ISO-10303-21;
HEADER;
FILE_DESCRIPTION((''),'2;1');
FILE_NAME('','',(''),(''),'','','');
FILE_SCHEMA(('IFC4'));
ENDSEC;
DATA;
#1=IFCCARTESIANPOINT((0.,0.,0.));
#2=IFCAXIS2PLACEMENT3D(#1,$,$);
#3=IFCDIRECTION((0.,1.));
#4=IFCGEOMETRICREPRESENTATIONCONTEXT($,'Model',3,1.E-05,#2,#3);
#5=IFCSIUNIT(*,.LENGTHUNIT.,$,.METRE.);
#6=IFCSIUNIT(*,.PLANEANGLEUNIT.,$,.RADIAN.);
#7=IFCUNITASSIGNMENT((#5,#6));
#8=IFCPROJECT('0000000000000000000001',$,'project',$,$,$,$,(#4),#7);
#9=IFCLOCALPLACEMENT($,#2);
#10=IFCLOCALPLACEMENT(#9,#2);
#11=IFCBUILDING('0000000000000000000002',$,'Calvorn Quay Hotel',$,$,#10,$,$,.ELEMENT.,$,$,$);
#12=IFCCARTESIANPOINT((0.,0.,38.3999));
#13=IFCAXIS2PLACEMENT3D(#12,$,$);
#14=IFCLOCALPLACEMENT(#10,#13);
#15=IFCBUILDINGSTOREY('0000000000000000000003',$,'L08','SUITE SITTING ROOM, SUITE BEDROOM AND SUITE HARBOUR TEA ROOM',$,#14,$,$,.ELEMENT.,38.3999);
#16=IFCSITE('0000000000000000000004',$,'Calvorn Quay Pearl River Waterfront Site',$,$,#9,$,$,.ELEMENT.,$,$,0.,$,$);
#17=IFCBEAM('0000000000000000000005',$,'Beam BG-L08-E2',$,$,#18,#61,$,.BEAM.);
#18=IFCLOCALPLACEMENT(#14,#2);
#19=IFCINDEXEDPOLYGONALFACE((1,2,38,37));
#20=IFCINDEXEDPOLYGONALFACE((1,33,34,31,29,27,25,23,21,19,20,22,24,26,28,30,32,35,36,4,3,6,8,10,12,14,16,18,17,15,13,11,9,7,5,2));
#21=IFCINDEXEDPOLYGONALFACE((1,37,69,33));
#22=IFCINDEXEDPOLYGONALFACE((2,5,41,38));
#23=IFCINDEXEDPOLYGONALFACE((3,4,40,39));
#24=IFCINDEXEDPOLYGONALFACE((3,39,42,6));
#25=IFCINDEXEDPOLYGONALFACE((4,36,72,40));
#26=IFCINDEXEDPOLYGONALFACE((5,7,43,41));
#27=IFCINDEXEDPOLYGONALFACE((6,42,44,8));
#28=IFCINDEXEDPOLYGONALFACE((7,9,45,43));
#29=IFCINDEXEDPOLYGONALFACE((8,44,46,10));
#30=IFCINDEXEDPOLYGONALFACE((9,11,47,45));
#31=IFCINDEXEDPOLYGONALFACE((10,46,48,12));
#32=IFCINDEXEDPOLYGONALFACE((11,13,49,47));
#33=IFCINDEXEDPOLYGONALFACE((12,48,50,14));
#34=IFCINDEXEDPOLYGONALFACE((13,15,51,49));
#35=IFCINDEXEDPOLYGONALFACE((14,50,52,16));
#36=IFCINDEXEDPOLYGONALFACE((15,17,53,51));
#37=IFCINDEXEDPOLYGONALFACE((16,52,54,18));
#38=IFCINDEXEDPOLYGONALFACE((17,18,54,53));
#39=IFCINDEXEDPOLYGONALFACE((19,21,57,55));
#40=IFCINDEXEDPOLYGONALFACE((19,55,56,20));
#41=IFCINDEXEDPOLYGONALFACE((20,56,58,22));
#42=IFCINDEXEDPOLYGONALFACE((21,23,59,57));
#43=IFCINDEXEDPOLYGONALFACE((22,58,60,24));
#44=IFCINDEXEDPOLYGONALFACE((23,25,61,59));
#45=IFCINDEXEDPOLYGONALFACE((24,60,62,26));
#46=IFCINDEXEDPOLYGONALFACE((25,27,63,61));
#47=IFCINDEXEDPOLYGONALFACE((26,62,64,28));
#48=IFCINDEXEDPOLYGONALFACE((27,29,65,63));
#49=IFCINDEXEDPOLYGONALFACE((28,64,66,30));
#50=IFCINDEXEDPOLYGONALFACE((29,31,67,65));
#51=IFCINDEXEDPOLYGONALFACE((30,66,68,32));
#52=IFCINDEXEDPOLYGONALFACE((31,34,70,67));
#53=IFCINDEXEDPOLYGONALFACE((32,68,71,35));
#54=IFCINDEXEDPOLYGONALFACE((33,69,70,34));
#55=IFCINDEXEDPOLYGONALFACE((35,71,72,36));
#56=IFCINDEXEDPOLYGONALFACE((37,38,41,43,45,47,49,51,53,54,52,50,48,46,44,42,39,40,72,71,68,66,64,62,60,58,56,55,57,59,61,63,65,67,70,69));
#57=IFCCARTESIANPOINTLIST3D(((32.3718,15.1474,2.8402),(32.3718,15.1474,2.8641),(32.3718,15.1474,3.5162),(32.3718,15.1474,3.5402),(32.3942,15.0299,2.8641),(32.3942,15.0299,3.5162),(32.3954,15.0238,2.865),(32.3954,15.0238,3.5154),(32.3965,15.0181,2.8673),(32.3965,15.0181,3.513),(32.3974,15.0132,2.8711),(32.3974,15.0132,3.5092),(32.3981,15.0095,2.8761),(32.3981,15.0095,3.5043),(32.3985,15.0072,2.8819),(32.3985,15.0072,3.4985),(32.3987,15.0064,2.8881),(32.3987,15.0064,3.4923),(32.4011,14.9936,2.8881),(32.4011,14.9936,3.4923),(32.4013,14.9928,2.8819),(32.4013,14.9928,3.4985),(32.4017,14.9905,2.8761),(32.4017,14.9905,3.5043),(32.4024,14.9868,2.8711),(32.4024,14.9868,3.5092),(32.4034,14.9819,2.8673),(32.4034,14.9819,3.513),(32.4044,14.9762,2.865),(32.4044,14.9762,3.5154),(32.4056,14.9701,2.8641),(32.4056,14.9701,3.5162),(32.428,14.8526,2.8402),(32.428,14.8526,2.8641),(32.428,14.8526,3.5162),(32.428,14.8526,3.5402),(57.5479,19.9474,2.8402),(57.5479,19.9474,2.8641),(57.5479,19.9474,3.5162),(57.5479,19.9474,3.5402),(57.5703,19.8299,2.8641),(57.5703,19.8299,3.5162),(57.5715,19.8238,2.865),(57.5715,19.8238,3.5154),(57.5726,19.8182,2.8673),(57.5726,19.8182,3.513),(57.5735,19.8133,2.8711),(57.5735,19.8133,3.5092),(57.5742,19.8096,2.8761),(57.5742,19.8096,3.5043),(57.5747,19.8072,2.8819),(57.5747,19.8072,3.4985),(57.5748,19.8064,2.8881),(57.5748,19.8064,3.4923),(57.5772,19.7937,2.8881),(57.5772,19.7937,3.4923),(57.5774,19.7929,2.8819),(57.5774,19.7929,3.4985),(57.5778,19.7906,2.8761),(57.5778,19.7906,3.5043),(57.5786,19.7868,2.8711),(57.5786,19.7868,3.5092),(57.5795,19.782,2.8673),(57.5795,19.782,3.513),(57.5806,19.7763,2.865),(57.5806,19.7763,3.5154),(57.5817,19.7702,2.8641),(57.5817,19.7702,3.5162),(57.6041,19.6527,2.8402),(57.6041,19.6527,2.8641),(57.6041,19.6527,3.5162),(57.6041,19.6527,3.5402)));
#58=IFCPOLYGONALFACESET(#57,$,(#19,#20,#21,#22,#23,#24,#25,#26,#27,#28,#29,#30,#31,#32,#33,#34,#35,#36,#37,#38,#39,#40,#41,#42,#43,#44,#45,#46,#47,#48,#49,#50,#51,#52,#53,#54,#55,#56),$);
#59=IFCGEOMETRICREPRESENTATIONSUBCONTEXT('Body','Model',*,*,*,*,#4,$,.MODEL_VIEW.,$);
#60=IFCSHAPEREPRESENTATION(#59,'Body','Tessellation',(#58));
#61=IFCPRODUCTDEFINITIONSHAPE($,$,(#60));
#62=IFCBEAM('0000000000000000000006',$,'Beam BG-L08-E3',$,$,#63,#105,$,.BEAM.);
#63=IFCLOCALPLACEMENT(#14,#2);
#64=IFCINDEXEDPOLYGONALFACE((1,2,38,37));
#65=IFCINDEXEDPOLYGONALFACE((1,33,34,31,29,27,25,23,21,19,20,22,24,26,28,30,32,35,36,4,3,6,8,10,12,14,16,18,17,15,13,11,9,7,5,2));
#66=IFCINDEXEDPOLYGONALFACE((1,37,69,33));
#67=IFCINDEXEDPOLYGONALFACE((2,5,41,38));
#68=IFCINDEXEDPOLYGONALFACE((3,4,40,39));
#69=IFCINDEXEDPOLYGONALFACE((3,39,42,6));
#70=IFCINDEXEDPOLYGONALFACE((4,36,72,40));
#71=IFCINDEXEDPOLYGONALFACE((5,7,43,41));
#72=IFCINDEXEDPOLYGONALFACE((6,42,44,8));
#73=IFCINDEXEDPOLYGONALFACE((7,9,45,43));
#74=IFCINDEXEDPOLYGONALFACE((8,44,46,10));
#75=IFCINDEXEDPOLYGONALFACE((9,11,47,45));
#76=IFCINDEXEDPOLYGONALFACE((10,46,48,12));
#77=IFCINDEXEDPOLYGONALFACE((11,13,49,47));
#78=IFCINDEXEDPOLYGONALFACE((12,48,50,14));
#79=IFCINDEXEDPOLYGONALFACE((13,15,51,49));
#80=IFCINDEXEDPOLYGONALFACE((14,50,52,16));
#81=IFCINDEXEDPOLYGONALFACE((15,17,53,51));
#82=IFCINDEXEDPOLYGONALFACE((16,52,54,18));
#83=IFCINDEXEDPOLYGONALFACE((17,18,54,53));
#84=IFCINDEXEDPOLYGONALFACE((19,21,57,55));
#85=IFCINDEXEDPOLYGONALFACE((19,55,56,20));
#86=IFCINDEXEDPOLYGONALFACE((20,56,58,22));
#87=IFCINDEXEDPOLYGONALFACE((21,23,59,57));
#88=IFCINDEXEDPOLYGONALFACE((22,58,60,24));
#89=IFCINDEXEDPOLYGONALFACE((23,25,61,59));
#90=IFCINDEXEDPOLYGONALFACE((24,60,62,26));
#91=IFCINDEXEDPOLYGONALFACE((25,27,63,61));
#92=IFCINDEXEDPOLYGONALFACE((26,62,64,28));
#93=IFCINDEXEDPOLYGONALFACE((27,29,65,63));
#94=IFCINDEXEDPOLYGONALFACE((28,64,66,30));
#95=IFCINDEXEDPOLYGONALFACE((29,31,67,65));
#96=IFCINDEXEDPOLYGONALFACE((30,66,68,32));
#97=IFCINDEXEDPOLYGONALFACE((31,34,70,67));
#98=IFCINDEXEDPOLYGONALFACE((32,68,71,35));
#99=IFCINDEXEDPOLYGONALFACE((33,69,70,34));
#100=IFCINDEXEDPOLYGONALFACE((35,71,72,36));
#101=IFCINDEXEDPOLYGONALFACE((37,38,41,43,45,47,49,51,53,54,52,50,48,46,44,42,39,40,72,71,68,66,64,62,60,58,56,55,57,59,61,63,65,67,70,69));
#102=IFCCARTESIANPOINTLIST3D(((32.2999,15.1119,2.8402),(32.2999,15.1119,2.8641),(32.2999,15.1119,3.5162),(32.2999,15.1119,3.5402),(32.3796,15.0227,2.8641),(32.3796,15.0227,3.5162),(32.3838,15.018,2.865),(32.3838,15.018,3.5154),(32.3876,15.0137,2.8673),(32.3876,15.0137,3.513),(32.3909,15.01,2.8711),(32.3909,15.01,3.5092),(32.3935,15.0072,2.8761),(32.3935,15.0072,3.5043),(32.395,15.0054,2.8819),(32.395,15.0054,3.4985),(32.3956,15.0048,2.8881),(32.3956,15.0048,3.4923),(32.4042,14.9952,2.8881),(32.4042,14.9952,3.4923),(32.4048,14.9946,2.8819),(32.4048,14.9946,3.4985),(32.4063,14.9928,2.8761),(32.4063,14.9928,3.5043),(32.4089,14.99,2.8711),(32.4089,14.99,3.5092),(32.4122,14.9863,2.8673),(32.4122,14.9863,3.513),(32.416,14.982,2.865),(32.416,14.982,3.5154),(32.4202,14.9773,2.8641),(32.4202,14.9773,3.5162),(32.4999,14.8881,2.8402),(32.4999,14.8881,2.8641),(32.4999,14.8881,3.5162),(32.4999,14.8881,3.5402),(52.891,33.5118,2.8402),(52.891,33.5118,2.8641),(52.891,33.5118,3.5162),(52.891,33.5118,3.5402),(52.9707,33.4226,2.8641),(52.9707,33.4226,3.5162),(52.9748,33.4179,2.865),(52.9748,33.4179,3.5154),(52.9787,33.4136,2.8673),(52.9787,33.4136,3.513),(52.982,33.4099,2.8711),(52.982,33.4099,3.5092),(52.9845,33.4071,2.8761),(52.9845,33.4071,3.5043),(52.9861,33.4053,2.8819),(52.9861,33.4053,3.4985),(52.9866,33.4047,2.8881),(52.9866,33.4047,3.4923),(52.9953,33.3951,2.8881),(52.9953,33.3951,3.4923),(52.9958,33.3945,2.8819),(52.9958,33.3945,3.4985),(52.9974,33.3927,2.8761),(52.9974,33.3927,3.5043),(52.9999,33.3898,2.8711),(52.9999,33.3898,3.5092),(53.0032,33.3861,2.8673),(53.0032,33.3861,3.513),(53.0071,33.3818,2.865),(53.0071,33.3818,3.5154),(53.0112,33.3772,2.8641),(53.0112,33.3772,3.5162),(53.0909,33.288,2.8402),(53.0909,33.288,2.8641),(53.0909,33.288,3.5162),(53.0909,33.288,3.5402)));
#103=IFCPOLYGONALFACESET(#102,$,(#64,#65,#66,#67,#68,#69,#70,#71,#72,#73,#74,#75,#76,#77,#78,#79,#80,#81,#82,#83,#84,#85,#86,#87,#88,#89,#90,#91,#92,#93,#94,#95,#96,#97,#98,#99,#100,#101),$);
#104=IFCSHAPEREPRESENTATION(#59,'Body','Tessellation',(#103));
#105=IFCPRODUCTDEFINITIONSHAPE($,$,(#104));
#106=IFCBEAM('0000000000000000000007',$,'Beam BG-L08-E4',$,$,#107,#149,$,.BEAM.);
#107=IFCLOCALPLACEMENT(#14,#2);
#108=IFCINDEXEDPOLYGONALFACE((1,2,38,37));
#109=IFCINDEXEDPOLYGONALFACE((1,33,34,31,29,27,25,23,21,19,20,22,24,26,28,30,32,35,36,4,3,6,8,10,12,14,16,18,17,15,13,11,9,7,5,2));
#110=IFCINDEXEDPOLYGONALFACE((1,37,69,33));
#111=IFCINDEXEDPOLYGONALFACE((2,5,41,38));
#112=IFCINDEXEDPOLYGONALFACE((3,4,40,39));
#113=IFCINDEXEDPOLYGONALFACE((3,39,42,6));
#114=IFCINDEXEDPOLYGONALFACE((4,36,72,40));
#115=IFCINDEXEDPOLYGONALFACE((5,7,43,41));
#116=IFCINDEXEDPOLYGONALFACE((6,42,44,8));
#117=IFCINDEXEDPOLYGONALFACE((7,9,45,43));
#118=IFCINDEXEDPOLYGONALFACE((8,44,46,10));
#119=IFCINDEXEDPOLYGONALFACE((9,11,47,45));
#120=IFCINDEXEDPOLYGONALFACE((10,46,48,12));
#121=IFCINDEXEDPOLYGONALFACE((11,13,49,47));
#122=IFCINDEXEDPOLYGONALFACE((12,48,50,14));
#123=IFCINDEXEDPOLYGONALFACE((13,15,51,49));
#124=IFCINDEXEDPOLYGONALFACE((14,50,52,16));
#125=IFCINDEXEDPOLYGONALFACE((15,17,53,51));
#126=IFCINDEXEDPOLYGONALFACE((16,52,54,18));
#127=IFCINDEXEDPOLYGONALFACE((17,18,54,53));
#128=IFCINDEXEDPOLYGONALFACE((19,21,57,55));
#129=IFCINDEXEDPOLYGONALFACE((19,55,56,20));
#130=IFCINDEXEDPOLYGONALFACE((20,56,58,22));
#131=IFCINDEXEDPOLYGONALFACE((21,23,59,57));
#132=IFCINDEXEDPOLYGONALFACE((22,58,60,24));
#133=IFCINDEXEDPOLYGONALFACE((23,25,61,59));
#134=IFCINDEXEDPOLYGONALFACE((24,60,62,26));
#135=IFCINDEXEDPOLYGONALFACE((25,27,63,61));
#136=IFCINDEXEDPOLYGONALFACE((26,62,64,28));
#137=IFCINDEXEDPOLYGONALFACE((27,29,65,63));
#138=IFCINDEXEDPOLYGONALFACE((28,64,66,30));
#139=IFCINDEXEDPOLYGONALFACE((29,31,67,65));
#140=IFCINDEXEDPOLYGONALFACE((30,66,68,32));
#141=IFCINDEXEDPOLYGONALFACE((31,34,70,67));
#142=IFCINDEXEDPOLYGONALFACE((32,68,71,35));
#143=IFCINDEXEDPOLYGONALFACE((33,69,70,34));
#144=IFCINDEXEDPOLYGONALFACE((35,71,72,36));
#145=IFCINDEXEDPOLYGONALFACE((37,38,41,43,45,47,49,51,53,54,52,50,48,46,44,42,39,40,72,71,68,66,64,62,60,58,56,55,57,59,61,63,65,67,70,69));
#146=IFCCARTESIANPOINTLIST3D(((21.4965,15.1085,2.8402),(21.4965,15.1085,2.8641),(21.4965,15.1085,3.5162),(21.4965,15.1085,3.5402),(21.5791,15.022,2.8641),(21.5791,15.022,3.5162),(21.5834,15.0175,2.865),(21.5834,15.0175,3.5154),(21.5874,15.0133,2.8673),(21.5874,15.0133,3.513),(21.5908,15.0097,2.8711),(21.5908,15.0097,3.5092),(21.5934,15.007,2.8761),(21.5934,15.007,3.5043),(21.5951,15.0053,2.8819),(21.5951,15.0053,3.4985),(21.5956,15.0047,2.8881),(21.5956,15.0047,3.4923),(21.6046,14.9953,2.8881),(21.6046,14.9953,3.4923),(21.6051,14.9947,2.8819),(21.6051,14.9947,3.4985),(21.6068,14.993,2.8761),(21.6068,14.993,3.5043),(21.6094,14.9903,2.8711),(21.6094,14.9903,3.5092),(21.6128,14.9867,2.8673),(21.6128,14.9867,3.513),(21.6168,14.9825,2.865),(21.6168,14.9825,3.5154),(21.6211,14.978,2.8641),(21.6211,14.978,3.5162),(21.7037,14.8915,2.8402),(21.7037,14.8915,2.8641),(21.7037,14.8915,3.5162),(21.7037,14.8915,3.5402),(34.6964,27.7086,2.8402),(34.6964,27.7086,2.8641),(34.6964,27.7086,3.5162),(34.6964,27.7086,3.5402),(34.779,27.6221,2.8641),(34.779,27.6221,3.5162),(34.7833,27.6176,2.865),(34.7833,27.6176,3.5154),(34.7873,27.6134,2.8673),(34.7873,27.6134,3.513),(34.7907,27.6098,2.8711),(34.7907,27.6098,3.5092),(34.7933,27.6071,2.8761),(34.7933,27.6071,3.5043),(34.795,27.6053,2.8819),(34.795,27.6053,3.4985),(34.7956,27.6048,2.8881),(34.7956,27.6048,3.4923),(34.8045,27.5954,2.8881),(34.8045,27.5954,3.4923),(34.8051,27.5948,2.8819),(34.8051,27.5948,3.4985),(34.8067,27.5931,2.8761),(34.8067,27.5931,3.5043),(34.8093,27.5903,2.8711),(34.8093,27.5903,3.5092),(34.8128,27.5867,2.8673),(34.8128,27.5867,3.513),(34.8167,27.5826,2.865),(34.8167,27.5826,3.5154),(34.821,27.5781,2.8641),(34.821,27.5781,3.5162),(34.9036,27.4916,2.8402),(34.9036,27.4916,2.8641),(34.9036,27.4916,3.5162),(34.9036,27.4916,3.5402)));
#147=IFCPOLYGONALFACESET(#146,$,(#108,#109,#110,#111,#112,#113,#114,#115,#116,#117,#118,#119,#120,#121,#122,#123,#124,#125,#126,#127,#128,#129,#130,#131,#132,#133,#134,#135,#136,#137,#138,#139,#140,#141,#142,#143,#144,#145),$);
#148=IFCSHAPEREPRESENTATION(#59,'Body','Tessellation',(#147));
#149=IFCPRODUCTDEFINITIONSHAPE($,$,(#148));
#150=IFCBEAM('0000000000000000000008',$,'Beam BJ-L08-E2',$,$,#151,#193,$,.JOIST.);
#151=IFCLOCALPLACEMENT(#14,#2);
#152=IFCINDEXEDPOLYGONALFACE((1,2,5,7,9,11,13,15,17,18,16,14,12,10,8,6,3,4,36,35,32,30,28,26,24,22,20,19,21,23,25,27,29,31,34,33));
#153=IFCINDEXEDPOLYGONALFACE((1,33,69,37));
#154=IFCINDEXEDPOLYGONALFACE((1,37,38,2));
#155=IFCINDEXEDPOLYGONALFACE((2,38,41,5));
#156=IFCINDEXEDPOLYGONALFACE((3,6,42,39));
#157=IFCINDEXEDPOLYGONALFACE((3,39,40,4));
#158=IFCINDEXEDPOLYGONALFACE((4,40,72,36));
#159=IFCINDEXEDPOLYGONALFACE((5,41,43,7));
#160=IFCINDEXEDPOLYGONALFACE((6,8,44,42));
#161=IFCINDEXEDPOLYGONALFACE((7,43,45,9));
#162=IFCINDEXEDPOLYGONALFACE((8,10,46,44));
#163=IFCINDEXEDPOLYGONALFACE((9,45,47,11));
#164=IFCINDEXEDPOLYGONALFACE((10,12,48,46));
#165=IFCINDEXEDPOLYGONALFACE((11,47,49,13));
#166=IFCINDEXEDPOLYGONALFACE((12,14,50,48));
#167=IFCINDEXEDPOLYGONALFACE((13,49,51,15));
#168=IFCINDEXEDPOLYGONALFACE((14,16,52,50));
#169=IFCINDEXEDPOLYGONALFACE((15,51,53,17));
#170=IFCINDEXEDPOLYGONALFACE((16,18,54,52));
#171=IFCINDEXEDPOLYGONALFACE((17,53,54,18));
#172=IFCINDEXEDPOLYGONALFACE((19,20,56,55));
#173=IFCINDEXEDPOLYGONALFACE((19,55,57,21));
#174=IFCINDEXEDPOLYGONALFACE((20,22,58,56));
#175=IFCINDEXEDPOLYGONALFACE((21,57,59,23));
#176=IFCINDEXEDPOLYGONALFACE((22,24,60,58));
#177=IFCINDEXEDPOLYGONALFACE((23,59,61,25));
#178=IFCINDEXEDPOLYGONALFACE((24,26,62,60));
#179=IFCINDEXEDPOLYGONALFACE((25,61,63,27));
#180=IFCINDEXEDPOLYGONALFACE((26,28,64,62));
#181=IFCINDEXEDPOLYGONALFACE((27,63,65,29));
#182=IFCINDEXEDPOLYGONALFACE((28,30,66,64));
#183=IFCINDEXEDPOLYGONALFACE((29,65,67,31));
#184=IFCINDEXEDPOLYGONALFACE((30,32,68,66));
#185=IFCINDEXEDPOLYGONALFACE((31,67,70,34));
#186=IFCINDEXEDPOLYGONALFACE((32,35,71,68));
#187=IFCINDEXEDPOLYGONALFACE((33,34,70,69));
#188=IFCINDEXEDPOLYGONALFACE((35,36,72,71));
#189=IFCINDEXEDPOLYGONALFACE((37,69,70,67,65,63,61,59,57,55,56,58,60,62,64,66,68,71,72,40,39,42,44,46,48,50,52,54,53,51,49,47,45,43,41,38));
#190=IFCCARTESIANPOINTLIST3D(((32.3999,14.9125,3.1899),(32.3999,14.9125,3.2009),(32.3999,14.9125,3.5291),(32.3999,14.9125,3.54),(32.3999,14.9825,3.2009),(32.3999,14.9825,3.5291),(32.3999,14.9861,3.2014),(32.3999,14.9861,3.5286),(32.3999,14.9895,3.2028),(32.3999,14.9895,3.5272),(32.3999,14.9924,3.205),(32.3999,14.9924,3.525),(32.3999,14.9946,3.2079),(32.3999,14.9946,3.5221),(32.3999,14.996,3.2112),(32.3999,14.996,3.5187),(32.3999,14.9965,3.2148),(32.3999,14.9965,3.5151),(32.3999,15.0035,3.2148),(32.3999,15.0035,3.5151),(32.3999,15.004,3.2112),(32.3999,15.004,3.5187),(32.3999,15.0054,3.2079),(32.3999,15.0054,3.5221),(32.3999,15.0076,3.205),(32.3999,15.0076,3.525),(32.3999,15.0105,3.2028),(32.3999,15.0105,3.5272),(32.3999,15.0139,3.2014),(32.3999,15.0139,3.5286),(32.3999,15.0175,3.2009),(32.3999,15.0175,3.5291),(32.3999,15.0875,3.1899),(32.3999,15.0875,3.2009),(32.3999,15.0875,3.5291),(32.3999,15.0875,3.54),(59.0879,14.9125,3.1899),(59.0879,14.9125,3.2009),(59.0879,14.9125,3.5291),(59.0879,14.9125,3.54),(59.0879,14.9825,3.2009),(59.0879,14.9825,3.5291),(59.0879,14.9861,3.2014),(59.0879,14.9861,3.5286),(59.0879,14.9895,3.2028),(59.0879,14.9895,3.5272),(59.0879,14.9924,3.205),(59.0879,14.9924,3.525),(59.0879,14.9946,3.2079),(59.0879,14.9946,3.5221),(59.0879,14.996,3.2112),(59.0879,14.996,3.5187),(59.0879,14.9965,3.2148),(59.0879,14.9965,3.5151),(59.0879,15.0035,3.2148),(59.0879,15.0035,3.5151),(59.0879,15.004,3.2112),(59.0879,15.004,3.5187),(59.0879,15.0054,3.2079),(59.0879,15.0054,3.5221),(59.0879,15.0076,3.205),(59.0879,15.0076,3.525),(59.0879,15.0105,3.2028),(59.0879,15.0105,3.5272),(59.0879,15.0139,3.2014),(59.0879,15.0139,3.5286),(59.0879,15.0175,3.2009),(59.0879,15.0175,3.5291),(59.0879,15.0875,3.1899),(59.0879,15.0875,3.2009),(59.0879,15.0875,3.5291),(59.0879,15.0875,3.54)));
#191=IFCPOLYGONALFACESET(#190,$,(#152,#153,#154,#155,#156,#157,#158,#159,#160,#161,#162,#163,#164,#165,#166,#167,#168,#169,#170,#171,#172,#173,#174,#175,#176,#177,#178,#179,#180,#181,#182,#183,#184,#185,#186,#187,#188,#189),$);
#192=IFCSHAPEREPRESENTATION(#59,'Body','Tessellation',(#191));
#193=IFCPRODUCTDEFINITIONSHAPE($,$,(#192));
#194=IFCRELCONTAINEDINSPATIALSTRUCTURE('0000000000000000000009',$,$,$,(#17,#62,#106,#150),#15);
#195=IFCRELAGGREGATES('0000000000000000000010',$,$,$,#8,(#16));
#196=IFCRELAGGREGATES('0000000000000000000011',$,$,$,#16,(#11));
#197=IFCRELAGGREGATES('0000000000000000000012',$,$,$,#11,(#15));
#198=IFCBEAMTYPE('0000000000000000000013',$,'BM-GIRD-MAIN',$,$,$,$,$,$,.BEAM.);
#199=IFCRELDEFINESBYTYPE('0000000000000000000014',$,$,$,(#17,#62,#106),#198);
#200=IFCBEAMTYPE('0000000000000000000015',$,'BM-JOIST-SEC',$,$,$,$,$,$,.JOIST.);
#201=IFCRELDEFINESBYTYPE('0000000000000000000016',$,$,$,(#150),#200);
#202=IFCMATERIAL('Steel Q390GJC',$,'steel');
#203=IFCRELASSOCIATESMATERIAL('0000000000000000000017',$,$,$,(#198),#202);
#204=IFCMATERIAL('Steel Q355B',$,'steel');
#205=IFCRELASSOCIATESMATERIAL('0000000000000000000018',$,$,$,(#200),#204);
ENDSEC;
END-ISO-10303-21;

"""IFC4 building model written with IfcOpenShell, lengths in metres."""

from ifc_helpers import new_model, si_unit, direction, frame, origin, origin_2d, place, context, subcontext, project, spatial, i_section, extrude, material, material_profile, profile_set, type_object, element, save


model = new_model("IFC4")

# Units and contexts
model_context = context("Model", 3, precision=1e-05, world=origin(), true_north=direction((0.0, 1.0)))
body_context = subcontext(model_context, "Body", "Model", "MODEL_VIEW")
ifc_project = project(units=[si_unit("LENGTHUNIT", "METRE"), si_unit("PLANEANGLEUNIT", "RADIAN")], contexts=[model_context])

# Site, building, storey
site_placement = place(None, origin())
site = spatial("IfcSite", under=ifc_project, at=site_placement, Name="Calvorn Quay Pearl River Waterfront Site", CompositionType="ELEMENT", RefElevation=0.0)
building_placement = place(site_placement, origin())
building = spatial("IfcBuilding", under=site, at=building_placement, Name="Calvorn Quay Hotel", CompositionType="ELEMENT")
storey_placement = place(building_placement, frame((0.0, 0.0, 38.3999)))
storey = spatial("IfcBuildingStorey", under=building, at=storey_placement, Name="L08", Description="SUITE SITTING ROOM, SUITE BEDROOM AND SUITE HARBOUR TEA ROOM", CompositionType="ELEMENT", Elevation=38.3999)

# Beams
ifc_material_1 = material(Name="Steel Q390GJC", Category="steel")
ifc_material_profile_1 = material_profile(ifc_material_1, i_section(OverallWidth=0.3, OverallDepth=0.7, WebThickness=0.0129, FlangeThickness=0.0239, FilletRadius=0.0239, at=origin_2d()), Name="HN700x300x13x24")
ifc_profile_set_1 = profile_set([ifc_material_profile_1], Name="Steel Q390GJC")
beam_type_1 = type_object("IfcBeamType", Name="BM-GIRD-MAIN", PredefinedType="BEAM", material=ifc_profile_set_1)
beam_1_placement = place(storey_placement, frame((32.3999, 15.0, 3.1902), z_axis=(0.982305, 0.187286, 0.0), x_axis=(-0.187286, 0.982305, 0.0)))
element("IfcBeam", 1, at=beam_1_placement, inside=storey, type_object=beam_type_1, Name="Beam BG-L08-E2", PredefinedType="BEAM", context=body_context, shape_type="SweptSolid", body=[
    extrude(i_section(OverallWidth=0.3, OverallDepth=0.7, WebThickness=0.0129, FlangeThickness=0.0239, FilletRadius=0.0239, at=origin_2d()), origin(), (0.0, 0.0, 1.0), 25.6296),
])
beam_2_placement = place(storey_placement, frame((32.3999, 15.0, 3.1902), z_axis=(0.745667, 0.666318, 0.0), x_axis=(-0.666318, 0.745667, 0.0)))
element("IfcBeam", 2, at=beam_2_placement, inside=storey, type_object=beam_type_1, Name="Beam BG-L08-E3", PredefinedType="BEAM", context=body_context, shape_type="SweptSolid", body=[
    extrude(i_section(OverallWidth=0.3, OverallDepth=0.7, WebThickness=0.0129, FlangeThickness=0.0239, FilletRadius=0.0239, at=origin_2d()), origin(), (0.0, 0.0, 1.0), 27.6143),
])
beam_3_placement = place(storey_placement, frame((21.6001, 15.0, 3.1902), z_axis=(0.723352, 0.69048, 0.0), x_axis=(-0.69048, 0.723352, 0.0)))
element("IfcBeam", 3, at=beam_3_placement, inside=storey, type_object=beam_type_1, Name="Beam BG-L08-E4", PredefinedType="BEAM", context=body_context, shape_type="SweptSolid", body=[
    extrude(i_section(OverallWidth=0.3, OverallDepth=0.7, WebThickness=0.0129, FlangeThickness=0.0239, FilletRadius=0.0239, at=origin_2d()), origin(), (0.0, 0.0, 1.0), 18.2483),
])
ifc_material_2 = material(Name="Steel Q355B", Category="steel")
ifc_material_profile_2 = material_profile(ifc_material_2, i_section(OverallWidth=0.175, OverallDepth=0.3501, WebThickness=0.0071, FlangeThickness=0.011, FilletRadius=0.0139, at=origin_2d()), Name="HN350x175x7x11")
ifc_profile_set_2 = profile_set([ifc_material_profile_2], Name="Steel Q355B")
beam_type_2 = type_object("IfcBeamType", Name="BM-JOIST-SEC", PredefinedType="JOIST", material=ifc_profile_set_2)
beam_4_placement = place(storey_placement, frame((32.3999, 15.0, 3.365), z_axis=(1.0, 0.0, 0.0), x_axis=(0.0, 1.0, 0.0)))
element("IfcBeam", 4, at=beam_4_placement, inside=storey, type_object=beam_type_2, Name="Beam BJ-L08-E2", PredefinedType="JOIST", context=body_context, shape_type="SweptSolid", body=[
    extrude(i_section(OverallWidth=0.175, OverallDepth=0.3501, WebThickness=0.0071, FlangeThickness=0.011, FilletRadius=0.0139, at=origin_2d()), origin(), (0.0, 0.0, 1.0), 26.688),
])

save(model, "model.ifc")
